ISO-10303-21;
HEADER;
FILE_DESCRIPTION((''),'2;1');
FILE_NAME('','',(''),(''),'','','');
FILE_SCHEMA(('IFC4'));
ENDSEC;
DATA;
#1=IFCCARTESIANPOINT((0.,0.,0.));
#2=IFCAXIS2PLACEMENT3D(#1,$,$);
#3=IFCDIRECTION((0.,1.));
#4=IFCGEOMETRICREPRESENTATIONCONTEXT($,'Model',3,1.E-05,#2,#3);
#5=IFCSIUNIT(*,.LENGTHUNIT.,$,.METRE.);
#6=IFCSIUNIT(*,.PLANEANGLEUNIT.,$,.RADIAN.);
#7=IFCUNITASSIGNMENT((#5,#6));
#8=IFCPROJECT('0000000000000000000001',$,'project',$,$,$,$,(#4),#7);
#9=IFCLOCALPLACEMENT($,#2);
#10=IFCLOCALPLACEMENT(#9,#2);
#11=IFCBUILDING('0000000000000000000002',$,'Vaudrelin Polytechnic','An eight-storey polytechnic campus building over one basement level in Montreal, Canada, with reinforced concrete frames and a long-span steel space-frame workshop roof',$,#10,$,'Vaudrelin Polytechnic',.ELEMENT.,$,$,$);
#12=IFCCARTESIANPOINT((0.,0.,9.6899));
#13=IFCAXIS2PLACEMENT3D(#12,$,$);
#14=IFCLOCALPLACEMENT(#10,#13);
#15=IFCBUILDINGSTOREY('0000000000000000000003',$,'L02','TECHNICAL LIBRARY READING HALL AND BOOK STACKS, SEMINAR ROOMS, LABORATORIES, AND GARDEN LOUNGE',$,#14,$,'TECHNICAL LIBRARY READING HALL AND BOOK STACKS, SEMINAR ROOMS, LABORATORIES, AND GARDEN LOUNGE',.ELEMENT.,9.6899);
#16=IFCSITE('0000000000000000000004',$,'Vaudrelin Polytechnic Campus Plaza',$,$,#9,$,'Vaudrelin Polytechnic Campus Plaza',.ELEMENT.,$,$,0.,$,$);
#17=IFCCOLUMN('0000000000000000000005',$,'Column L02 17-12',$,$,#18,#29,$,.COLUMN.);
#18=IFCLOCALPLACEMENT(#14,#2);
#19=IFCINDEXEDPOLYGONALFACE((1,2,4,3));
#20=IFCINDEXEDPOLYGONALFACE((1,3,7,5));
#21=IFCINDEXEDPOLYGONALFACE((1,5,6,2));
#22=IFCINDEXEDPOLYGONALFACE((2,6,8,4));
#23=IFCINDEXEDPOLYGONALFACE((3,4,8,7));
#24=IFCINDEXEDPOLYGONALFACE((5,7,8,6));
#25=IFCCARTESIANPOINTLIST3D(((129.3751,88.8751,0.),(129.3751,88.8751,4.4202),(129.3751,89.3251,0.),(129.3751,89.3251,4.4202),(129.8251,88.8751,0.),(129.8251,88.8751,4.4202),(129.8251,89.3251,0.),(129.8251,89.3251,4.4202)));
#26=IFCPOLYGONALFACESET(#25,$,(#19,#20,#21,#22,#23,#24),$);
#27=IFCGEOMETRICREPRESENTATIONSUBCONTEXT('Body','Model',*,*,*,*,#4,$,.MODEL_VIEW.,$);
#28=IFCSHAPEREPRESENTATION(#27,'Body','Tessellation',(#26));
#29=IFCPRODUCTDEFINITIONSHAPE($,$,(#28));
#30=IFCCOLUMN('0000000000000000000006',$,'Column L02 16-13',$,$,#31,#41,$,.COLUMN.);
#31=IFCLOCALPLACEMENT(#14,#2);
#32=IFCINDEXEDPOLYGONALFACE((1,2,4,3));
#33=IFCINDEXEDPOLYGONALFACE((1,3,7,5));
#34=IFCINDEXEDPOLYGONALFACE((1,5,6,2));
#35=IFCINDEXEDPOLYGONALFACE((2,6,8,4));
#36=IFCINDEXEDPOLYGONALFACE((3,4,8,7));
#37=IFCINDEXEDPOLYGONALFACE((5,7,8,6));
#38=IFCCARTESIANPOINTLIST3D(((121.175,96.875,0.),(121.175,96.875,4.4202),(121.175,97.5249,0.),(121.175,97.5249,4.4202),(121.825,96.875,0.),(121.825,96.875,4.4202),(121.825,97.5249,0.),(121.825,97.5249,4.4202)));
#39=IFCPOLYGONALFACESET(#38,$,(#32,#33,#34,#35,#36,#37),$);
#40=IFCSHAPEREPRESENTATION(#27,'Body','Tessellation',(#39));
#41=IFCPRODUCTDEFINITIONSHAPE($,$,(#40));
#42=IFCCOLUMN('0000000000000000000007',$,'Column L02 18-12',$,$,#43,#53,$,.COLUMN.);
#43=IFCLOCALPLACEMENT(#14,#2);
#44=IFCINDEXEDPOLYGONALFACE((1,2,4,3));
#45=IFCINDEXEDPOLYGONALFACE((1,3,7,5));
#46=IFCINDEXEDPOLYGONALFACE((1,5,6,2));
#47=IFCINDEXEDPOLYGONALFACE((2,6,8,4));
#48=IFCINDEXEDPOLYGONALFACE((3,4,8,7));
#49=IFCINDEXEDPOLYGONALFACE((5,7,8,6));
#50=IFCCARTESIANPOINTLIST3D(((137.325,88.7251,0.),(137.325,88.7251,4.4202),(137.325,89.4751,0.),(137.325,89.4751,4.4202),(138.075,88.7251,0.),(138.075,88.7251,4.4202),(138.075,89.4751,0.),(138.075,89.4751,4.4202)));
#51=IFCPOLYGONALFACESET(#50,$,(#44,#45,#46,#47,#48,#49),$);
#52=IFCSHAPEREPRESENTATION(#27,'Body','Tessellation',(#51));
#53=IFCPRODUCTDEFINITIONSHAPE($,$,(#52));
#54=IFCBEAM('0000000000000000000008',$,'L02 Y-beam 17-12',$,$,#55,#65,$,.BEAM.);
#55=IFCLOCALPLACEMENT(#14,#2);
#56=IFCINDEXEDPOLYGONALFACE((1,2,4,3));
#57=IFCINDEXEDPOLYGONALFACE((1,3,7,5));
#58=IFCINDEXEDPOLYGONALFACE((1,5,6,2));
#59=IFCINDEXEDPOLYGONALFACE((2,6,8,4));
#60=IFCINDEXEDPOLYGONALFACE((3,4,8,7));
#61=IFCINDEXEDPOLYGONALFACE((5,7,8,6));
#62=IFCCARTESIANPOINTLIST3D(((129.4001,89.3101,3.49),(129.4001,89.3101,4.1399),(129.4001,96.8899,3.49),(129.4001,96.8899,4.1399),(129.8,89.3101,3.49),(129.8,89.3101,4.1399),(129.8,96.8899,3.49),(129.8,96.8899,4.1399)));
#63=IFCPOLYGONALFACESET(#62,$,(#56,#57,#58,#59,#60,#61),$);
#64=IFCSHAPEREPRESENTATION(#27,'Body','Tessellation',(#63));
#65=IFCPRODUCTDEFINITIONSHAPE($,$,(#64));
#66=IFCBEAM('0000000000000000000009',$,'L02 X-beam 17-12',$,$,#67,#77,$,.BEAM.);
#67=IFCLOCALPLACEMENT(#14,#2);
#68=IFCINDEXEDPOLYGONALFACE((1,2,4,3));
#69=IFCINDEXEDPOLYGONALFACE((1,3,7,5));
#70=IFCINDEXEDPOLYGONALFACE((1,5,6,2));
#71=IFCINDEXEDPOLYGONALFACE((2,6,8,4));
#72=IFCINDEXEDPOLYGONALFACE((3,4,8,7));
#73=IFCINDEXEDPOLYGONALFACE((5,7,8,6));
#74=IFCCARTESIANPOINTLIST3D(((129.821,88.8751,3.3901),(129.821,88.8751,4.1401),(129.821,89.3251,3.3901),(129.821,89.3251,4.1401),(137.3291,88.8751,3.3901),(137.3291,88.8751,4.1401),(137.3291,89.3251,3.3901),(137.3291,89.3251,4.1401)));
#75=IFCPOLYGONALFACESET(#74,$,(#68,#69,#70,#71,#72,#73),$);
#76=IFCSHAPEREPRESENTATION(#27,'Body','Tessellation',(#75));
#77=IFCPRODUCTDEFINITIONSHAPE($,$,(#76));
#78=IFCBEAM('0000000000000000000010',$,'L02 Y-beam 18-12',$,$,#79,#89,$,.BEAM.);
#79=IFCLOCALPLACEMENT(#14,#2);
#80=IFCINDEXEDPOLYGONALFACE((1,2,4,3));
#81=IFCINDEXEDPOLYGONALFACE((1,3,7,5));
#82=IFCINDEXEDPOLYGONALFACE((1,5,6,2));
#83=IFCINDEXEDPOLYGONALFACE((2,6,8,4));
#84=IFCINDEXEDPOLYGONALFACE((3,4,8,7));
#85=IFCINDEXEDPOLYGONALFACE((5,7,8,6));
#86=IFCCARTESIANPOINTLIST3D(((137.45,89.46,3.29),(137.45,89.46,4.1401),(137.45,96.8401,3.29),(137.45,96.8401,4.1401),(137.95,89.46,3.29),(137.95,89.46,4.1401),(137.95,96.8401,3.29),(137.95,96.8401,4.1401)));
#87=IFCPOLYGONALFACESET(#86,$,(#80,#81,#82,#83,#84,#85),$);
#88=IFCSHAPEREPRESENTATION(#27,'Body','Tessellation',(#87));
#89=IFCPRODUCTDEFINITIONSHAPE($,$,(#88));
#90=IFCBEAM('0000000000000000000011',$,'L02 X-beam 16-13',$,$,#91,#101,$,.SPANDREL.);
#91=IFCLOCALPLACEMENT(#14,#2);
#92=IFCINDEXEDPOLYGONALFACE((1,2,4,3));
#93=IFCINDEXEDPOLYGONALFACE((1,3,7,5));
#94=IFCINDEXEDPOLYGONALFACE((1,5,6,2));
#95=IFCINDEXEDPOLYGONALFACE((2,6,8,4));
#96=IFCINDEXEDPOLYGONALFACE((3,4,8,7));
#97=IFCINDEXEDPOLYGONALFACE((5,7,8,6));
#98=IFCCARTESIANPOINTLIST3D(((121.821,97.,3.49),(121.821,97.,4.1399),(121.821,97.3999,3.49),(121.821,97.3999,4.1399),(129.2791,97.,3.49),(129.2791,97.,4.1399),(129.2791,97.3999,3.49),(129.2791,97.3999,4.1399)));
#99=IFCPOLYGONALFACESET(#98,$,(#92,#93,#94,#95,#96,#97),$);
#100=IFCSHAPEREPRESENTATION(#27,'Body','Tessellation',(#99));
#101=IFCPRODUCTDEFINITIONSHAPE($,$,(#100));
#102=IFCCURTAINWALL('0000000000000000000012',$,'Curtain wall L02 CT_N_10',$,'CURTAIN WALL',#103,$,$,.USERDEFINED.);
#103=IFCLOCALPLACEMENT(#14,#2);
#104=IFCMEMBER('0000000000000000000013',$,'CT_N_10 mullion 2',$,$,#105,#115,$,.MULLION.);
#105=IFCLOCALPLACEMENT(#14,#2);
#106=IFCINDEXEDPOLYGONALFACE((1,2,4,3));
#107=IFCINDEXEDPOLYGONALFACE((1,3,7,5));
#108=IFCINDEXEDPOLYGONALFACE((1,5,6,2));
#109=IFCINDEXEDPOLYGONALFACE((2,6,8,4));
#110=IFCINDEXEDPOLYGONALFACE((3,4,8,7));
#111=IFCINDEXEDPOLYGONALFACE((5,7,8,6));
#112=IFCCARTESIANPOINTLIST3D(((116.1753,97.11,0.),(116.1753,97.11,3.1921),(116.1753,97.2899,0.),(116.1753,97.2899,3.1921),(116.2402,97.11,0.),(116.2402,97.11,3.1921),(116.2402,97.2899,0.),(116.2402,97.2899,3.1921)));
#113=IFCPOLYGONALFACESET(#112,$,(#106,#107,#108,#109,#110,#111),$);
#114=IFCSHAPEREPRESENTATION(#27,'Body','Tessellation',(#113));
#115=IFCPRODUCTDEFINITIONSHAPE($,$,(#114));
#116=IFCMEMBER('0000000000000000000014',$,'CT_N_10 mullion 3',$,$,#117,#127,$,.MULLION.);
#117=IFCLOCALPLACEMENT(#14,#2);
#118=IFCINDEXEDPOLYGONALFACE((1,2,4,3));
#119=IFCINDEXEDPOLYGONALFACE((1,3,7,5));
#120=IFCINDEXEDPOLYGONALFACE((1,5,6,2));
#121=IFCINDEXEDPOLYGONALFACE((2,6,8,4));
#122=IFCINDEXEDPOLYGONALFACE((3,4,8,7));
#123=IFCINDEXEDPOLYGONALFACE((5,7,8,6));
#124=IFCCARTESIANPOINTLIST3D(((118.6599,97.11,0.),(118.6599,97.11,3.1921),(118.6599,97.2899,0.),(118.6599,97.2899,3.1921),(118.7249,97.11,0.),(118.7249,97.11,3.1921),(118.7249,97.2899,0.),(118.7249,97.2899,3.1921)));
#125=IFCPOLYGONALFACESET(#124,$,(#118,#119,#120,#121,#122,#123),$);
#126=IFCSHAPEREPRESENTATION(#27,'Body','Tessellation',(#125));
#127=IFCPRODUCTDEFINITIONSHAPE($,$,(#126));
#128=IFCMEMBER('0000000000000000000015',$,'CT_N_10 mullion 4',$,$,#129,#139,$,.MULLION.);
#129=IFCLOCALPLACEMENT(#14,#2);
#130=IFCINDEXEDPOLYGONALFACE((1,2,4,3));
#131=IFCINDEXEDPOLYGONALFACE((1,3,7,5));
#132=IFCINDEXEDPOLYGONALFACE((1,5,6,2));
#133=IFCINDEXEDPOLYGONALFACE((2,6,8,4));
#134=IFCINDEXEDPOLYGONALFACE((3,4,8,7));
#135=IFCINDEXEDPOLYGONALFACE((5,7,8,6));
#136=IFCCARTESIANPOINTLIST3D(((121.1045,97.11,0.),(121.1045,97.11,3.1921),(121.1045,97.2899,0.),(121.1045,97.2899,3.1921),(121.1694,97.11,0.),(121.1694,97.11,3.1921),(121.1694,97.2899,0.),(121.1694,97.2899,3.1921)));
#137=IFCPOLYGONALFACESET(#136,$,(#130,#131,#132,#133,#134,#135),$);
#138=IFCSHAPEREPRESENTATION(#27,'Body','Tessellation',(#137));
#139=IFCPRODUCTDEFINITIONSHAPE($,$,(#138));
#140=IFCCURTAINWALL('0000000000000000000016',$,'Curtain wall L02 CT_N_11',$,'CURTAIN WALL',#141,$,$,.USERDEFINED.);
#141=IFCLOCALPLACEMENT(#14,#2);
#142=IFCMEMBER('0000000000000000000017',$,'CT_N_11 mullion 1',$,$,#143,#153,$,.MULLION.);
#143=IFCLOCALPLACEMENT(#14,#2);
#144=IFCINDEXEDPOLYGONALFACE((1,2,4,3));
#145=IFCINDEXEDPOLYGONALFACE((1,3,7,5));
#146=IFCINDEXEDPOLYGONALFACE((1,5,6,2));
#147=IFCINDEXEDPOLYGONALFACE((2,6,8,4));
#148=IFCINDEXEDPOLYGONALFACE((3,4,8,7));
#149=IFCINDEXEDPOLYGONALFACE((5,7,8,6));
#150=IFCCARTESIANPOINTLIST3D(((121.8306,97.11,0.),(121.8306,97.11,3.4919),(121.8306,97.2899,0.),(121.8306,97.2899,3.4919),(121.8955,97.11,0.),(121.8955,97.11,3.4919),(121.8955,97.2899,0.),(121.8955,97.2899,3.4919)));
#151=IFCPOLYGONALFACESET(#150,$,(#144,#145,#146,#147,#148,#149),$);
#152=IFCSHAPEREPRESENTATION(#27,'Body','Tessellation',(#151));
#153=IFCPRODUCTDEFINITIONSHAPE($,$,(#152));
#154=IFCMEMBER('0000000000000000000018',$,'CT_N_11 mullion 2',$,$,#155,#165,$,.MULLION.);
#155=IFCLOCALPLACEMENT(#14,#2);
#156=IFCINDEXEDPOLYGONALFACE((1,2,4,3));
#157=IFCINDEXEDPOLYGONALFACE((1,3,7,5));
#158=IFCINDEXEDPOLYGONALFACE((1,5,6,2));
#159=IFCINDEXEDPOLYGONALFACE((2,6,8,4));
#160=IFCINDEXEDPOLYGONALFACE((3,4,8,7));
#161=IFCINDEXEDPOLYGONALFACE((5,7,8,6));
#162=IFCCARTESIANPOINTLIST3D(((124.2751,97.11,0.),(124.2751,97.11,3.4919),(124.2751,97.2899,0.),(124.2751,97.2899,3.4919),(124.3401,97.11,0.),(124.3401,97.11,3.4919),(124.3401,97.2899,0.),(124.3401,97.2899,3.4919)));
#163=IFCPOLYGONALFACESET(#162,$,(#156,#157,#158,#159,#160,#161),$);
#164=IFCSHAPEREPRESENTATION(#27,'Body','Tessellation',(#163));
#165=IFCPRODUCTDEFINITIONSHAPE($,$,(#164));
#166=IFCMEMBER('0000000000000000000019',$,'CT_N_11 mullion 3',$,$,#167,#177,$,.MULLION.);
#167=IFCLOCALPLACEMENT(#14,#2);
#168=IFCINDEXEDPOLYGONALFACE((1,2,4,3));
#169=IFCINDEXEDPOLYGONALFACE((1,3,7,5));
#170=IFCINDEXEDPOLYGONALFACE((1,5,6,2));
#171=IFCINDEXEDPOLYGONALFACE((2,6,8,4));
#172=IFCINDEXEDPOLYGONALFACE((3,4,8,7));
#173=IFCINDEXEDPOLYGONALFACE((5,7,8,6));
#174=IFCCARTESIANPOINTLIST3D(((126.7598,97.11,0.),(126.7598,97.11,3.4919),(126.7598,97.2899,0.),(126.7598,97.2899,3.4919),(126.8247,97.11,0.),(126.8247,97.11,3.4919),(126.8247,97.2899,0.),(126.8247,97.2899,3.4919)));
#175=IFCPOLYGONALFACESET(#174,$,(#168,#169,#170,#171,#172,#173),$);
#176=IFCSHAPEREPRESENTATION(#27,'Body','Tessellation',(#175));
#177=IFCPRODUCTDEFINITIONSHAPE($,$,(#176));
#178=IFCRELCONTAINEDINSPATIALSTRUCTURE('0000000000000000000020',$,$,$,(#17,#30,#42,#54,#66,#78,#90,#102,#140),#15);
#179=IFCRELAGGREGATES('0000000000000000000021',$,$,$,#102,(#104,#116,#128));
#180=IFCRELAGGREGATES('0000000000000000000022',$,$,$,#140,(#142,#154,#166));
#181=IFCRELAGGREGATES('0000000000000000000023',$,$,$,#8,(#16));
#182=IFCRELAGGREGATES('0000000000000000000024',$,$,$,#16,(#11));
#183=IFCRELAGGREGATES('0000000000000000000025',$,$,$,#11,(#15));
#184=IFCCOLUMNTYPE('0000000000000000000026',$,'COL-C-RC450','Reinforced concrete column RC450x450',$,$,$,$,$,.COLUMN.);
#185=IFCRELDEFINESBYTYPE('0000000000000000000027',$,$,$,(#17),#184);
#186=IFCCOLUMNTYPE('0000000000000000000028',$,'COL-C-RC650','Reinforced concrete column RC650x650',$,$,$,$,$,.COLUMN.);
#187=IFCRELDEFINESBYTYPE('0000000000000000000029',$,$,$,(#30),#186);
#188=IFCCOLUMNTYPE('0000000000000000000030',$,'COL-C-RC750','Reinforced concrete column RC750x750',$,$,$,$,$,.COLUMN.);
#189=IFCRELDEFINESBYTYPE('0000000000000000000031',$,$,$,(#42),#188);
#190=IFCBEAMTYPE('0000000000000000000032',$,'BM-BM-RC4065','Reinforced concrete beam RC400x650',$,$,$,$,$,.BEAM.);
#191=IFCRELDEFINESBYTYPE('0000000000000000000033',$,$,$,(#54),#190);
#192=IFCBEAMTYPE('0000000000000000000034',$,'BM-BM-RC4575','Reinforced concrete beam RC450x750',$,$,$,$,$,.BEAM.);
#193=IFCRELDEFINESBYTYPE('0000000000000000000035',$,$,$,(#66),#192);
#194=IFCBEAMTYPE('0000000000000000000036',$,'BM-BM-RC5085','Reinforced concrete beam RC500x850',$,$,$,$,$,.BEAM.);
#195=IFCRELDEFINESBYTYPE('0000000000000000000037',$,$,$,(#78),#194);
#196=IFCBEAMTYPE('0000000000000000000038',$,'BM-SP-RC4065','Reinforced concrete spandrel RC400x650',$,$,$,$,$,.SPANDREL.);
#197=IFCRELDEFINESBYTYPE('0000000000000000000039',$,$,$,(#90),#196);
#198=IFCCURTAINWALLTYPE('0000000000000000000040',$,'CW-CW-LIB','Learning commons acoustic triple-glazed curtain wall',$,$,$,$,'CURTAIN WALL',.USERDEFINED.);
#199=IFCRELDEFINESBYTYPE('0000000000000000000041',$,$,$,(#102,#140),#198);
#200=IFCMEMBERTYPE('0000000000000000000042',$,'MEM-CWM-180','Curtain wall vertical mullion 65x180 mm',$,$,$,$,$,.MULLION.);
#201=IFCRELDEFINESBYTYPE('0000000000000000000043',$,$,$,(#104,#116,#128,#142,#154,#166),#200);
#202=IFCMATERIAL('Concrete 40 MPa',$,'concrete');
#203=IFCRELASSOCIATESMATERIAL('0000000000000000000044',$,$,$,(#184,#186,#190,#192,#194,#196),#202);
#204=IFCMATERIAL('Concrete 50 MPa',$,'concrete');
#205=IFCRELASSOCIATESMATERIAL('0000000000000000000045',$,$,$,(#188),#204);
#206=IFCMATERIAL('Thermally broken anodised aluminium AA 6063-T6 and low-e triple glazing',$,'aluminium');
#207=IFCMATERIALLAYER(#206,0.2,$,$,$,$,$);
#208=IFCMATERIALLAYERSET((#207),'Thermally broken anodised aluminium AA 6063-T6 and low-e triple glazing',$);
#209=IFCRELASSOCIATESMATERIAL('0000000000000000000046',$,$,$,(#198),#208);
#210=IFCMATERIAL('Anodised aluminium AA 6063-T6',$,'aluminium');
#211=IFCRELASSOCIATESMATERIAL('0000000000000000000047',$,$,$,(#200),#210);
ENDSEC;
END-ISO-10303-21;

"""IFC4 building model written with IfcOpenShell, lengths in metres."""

from ifc_helpers import new_model, si_unit, direction, frame, origin, origin_2d, place, context, subcontext, project, spatial, rectangle, extrude, material, layer, layer_set, material_profile, profile_set, type_object, element, aggregate, save


model = new_model("IFC4")

# Units and contexts
model_context = context("Model", 3, precision=1e-05, world=origin(), true_north=direction((0.0, 1.0)))
body_context = subcontext(model_context, "Body", "Model", "MODEL_VIEW")
ifc_project = project(units=[si_unit("LENGTHUNIT", "METRE"), si_unit("PLANEANGLEUNIT", "RADIAN")], contexts=[model_context])

# Site, building, storey
site_placement = place(None, origin())
site = spatial("IfcSite", under=ifc_project, at=site_placement, Name="Vaudrelin Polytechnic Campus Plaza", LongName="Vaudrelin Polytechnic Campus Plaza", CompositionType="ELEMENT", RefElevation=0.0)
building_placement = place(site_placement, origin())
building = spatial("IfcBuilding", under=site, at=building_placement, Name="Vaudrelin Polytechnic", Description="An eight-storey polytechnic campus building over one basement level in Montreal, Canada, with reinforced concrete frames and a long-span steel space-frame workshop roof", LongName="Vaudrelin Polytechnic", CompositionType="ELEMENT")
storey_placement = place(building_placement, frame((0.0, 0.0, 9.6899)))
storey = spatial("IfcBuildingStorey", under=building, at=storey_placement, Name="L02", Description="TECHNICAL LIBRARY READING HALL AND BOOK STACKS, SEMINAR ROOMS, LABORATORIES, AND GARDEN LOUNGE", LongName="TECHNICAL LIBRARY READING HALL AND BOOK STACKS, SEMINAR ROOMS, LABORATORIES, AND GARDEN LOUNGE", CompositionType="ELEMENT", Elevation=9.6899)

# Columns
ifc_material_1 = material(Name="Concrete 40 MPa", Category="concrete")
ifc_material_profile_1 = material_profile(ifc_material_1, rectangle(XDim=0.45, YDim=0.45, at=origin_2d()), Name="RC450x450")
ifc_profile_set_1 = profile_set([ifc_material_profile_1], Name="Concrete 40 MPa")
column_type_1 = type_object("IfcColumnType", Name="COL-C-RC450", Description="Reinforced concrete column RC450x450", PredefinedType="COLUMN", material=ifc_profile_set_1)
column_1_placement = place(storey_placement, frame((129.6001, 89.1001, 0.0), z_axis=(0.0, 0.0, 1.0), x_axis=(1.0, 0.0, 0.0)))
element("IfcColumn", 1, at=column_1_placement, inside=storey, type_object=column_type_1, Name="Column L02 17-12", PredefinedType="COLUMN", context=body_context, shape_type="SweptSolid", body=[
    extrude(rectangle(XDim=0.45, YDim=0.45, at=origin_2d()), origin(), (0.0, 0.0, 1.0), 4.4202),
])
ifc_material_profile_2 = material_profile(ifc_material_1, rectangle(XDim=0.6499, YDim=0.6499, at=origin_2d()), Name="RC650x650")
ifc_profile_set_2 = profile_set([ifc_material_profile_2], Name="Concrete 40 MPa")
column_type_2 = type_object("IfcColumnType", Name="COL-C-RC650", Description="Reinforced concrete column RC650x650", PredefinedType="COLUMN", material=ifc_profile_set_2)
column_2_placement = place(storey_placement, frame((121.5, 97.2, 0.0), z_axis=(0.0, 0.0, 1.0), x_axis=(1.0, 0.0, 0.0)))
element("IfcColumn", 2, at=column_2_placement, inside=storey, type_object=column_type_2, Name="Column L02 16-13", PredefinedType="COLUMN", context=body_context, shape_type="SweptSolid", body=[
    extrude(rectangle(XDim=0.6499, YDim=0.6499, at=origin_2d()), origin(), (0.0, 0.0, 1.0), 4.4202),
])
ifc_material_2 = material(Name="Concrete 50 MPa", Category="concrete")
ifc_material_profile_3 = material_profile(ifc_material_2, rectangle(XDim=0.75, YDim=0.75, at=origin_2d()), Name="RC750x750")
ifc_profile_set_3 = profile_set([ifc_material_profile_3], Name="Concrete 50 MPa")
column_type_3 = type_object("IfcColumnType", Name="COL-C-RC750", Description="Reinforced concrete column RC750x750", PredefinedType="COLUMN", material=ifc_profile_set_3)
column_3_placement = place(storey_placement, frame((137.7, 89.1001, 0.0), z_axis=(0.0, 0.0, 1.0), x_axis=(1.0, 0.0, 0.0)))
element("IfcColumn", 3, at=column_3_placement, inside=storey, type_object=column_type_3, Name="Column L02 18-12", PredefinedType="COLUMN", context=body_context, shape_type="SweptSolid", body=[
    extrude(rectangle(XDim=0.75, YDim=0.75, at=origin_2d()), origin(), (0.0, 0.0, 1.0), 4.4202),
])

# Beams
ifc_material_profile_4 = material_profile(ifc_material_1, rectangle(XDim=0.3999, YDim=0.6499, at=origin_2d()), Name="RC400x650")
ifc_profile_set_4 = profile_set([ifc_material_profile_4], Name="Concrete 40 MPa")
beam_type_1 = type_object("IfcBeamType", Name="BM-BM-RC4065", Description="Reinforced concrete beam RC400x650", PredefinedType="BEAM", material=ifc_profile_set_4)
beam_1_placement = place(storey_placement, frame((129.6001, 89.3101, 3.8149), z_axis=(0.0, 1.0, 0.0), x_axis=(-1.0, 0.0, 0.0)))
element("IfcBeam", 4, at=beam_1_placement, inside=storey, type_object=beam_type_1, Name="L02 Y-beam 17-12", PredefinedType="BEAM", context=body_context, shape_type="SweptSolid", body=[
    extrude(rectangle(XDim=0.3999, YDim=0.6499, at=origin_2d()), origin(), (0.0, 0.0, 1.0), 7.5798),
])
ifc_material_profile_5 = material_profile(ifc_material_1, rectangle(XDim=0.45, YDim=0.75, at=origin_2d()), Name="RC450x750")
ifc_profile_set_5 = profile_set([ifc_material_profile_5], Name="Concrete 40 MPa")
beam_type_2 = type_object("IfcBeamType", Name="BM-BM-RC4575", Description="Reinforced concrete beam RC450x750", PredefinedType="BEAM", material=ifc_profile_set_5)
beam_2_placement = place(storey_placement, frame((129.821, 89.1001, 3.7651), z_axis=(1.0, 0.0, 0.0), x_axis=(0.0, 1.0, 0.0)))
element("IfcBeam", 5, at=beam_2_placement, inside=storey, type_object=beam_type_2, Name="L02 X-beam 17-12", PredefinedType="BEAM", context=body_context, shape_type="SweptSolid", body=[
    extrude(rectangle(XDim=0.45, YDim=0.75, at=origin_2d()), origin(), (0.0, 0.0, 1.0), 7.5081),
])
ifc_material_profile_6 = material_profile(ifc_material_1, rectangle(XDim=0.5, YDim=0.8501, at=origin_2d()), Name="RC500x850")
ifc_profile_set_6 = profile_set([ifc_material_profile_6], Name="Concrete 40 MPa")
beam_type_3 = type_object("IfcBeamType", Name="BM-BM-RC5085", Description="Reinforced concrete beam RC500x850", PredefinedType="BEAM", material=ifc_profile_set_6)
beam_3_placement = place(storey_placement, frame((137.7, 89.46, 3.7151), z_axis=(0.0, 1.0, 0.0), x_axis=(-1.0, 0.0, 0.0)))
element("IfcBeam", 6, at=beam_3_placement, inside=storey, type_object=beam_type_3, Name="L02 Y-beam 18-12", PredefinedType="BEAM", context=body_context, shape_type="SweptSolid", body=[
    extrude(rectangle(XDim=0.5, YDim=0.8501, at=origin_2d()), origin(), (0.0, 0.0, 1.0), 7.3801),
])
ifc_material_profile_7 = material_profile(ifc_material_1, rectangle(XDim=0.3999, YDim=0.6499, at=origin_2d()), Name="RC400x650")
ifc_profile_set_7 = profile_set([ifc_material_profile_7], Name="Concrete 40 MPa")
beam_type_4 = type_object("IfcBeamType", Name="BM-SP-RC4065", Description="Reinforced concrete spandrel RC400x650", PredefinedType="SPANDREL", material=ifc_profile_set_7)
beam_4_placement = place(storey_placement, frame((121.821, 97.2, 3.8149), z_axis=(1.0, 0.0, 0.0), x_axis=(0.0, 1.0, 0.0)))
element("IfcBeam", 7, at=beam_4_placement, inside=storey, type_object=beam_type_4, Name="L02 X-beam 16-13", PredefinedType="SPANDREL", context=body_context, shape_type="SweptSolid", body=[
    extrude(rectangle(XDim=0.3999, YDim=0.6499, at=origin_2d()), origin(), (0.0, 0.0, 1.0), 7.458),
])

# Curtain walls, members
ifc_material_3 = material(Name="Thermally broken anodised aluminium AA 6063-T6 and low-e triple glazing", Category="aluminium")
ifc_layer_1 = layer(ifc_material_3, 0.2)
ifc_layer_set_1 = layer_set([ifc_layer_1], Name="Thermally broken anodised aluminium AA 6063-T6 and low-e triple glazing")
curtain_wall_type = type_object("IfcCurtainWallType", Name="CW-CW-LIB", Description="Learning commons acoustic triple-glazed curtain wall", ElementType="CURTAIN WALL", PredefinedType="USERDEFINED", material=ifc_layer_set_1)
curtain_wall_1_placement = place(storey_placement, origin())
curtain_wall_1 = element("IfcCurtainWall", 8, at=curtain_wall_1_placement, inside=storey, type_object=curtain_wall_type, Name="Curtain wall L02 CT_N_10", ObjectType="CURTAIN WALL", PredefinedType="USERDEFINED")
ifc_material_4 = material(Name="Anodised aluminium AA 6063-T6", Category="aluminium")
ifc_material_profile_8 = material_profile(ifc_material_4, rectangle(XDim=0.0649, YDim=0.1799, at=origin_2d()), Name="CWM-65x180")
ifc_profile_set_8 = profile_set([ifc_material_profile_8], Name="Anodised aluminium AA 6063-T6")
member_type_1 = type_object("IfcMemberType", Name="MEM-CWM-180", Description="Curtain wall vertical mullion 65x180 mm", PredefinedType="MULLION", material=ifc_profile_set_8)
member_1_placement = place(storey_placement, frame((116.2078, 97.2, 0.0), z_axis=(0.0, 0.0, 1.0), x_axis=(1.0, 0.0, 0.0)))
member_1 = element("IfcMember", 9, at=member_1_placement, type_object=member_type_1, Name="CT_N_10 mullion 2", PredefinedType="MULLION", context=body_context, shape_type="SweptSolid", body=[
    extrude(rectangle(XDim=0.0649, YDim=0.1799, at=origin_2d()), origin(), (0.0, 0.0, 1.0), 3.1921),
])
member_2_placement = place(storey_placement, frame((118.6924, 97.2, 0.0), z_axis=(0.0, 0.0, 1.0), x_axis=(1.0, 0.0, 0.0)))
member_2 = element("IfcMember", 10, at=member_2_placement, type_object=member_type_1, Name="CT_N_10 mullion 3", PredefinedType="MULLION", context=body_context, shape_type="SweptSolid", body=[
    extrude(rectangle(XDim=0.0649, YDim=0.1799, at=origin_2d()), origin(), (0.0, 0.0, 1.0), 3.1921),
])
member_3_placement = place(storey_placement, frame((121.137, 97.2, 0.0), z_axis=(0.0, 0.0, 1.0), x_axis=(1.0, 0.0, 0.0)))
member_3 = element("IfcMember", 11, at=member_3_placement, type_object=member_type_1, Name="CT_N_10 mullion 4", PredefinedType="MULLION", context=body_context, shape_type="SweptSolid", body=[
    extrude(rectangle(XDim=0.0649, YDim=0.1799, at=origin_2d()), origin(), (0.0, 0.0, 1.0), 3.1921),
])
curtain_wall_2_placement = place(storey_placement, origin())
curtain_wall_2 = element("IfcCurtainWall", 12, at=curtain_wall_2_placement, inside=storey, type_object=curtain_wall_type, Name="Curtain wall L02 CT_N_11", ObjectType="CURTAIN WALL", PredefinedType="USERDEFINED")
member_4_placement = place(storey_placement, frame((121.863, 97.2, 0.0), z_axis=(0.0, 0.0, 1.0), x_axis=(1.0, 0.0, 0.0)))
member_4 = element("IfcMember", 13, at=member_4_placement, type_object=member_type_1, Name="CT_N_11 mullion 1", PredefinedType="MULLION", context=body_context, shape_type="SweptSolid", body=[
    extrude(rectangle(XDim=0.0649, YDim=0.1799, at=origin_2d()), origin(), (0.0, 0.0, 1.0), 3.4919),
])
member_5_placement = place(storey_placement, frame((124.3076, 97.2, 0.0), z_axis=(0.0, 0.0, 1.0), x_axis=(1.0, 0.0, 0.0)))
member_5 = element("IfcMember", 14, at=member_5_placement, type_object=member_type_1, Name="CT_N_11 mullion 2", PredefinedType="MULLION", context=body_context, shape_type="SweptSolid", body=[
    extrude(rectangle(XDim=0.0649, YDim=0.1799, at=origin_2d()), origin(), (0.0, 0.0, 1.0), 3.4919),
])
member_6_placement = place(storey_placement, frame((126.7922, 97.2, 0.0), z_axis=(0.0, 0.0, 1.0), x_axis=(1.0, 0.0, 0.0)))
member_6 = element("IfcMember", 15, at=member_6_placement, type_object=member_type_1, Name="CT_N_11 mullion 3", PredefinedType="MULLION", context=body_context, shape_type="SweptSolid", body=[
    extrude(rectangle(XDim=0.0649, YDim=0.1799, at=origin_2d()), origin(), (0.0, 0.0, 1.0), 3.4919),
])

aggregate(curtain_wall_1, [member_1, member_2, member_3])
aggregate(curtain_wall_2, [member_4, member_5, member_6])

save(model, "model.ifc")
